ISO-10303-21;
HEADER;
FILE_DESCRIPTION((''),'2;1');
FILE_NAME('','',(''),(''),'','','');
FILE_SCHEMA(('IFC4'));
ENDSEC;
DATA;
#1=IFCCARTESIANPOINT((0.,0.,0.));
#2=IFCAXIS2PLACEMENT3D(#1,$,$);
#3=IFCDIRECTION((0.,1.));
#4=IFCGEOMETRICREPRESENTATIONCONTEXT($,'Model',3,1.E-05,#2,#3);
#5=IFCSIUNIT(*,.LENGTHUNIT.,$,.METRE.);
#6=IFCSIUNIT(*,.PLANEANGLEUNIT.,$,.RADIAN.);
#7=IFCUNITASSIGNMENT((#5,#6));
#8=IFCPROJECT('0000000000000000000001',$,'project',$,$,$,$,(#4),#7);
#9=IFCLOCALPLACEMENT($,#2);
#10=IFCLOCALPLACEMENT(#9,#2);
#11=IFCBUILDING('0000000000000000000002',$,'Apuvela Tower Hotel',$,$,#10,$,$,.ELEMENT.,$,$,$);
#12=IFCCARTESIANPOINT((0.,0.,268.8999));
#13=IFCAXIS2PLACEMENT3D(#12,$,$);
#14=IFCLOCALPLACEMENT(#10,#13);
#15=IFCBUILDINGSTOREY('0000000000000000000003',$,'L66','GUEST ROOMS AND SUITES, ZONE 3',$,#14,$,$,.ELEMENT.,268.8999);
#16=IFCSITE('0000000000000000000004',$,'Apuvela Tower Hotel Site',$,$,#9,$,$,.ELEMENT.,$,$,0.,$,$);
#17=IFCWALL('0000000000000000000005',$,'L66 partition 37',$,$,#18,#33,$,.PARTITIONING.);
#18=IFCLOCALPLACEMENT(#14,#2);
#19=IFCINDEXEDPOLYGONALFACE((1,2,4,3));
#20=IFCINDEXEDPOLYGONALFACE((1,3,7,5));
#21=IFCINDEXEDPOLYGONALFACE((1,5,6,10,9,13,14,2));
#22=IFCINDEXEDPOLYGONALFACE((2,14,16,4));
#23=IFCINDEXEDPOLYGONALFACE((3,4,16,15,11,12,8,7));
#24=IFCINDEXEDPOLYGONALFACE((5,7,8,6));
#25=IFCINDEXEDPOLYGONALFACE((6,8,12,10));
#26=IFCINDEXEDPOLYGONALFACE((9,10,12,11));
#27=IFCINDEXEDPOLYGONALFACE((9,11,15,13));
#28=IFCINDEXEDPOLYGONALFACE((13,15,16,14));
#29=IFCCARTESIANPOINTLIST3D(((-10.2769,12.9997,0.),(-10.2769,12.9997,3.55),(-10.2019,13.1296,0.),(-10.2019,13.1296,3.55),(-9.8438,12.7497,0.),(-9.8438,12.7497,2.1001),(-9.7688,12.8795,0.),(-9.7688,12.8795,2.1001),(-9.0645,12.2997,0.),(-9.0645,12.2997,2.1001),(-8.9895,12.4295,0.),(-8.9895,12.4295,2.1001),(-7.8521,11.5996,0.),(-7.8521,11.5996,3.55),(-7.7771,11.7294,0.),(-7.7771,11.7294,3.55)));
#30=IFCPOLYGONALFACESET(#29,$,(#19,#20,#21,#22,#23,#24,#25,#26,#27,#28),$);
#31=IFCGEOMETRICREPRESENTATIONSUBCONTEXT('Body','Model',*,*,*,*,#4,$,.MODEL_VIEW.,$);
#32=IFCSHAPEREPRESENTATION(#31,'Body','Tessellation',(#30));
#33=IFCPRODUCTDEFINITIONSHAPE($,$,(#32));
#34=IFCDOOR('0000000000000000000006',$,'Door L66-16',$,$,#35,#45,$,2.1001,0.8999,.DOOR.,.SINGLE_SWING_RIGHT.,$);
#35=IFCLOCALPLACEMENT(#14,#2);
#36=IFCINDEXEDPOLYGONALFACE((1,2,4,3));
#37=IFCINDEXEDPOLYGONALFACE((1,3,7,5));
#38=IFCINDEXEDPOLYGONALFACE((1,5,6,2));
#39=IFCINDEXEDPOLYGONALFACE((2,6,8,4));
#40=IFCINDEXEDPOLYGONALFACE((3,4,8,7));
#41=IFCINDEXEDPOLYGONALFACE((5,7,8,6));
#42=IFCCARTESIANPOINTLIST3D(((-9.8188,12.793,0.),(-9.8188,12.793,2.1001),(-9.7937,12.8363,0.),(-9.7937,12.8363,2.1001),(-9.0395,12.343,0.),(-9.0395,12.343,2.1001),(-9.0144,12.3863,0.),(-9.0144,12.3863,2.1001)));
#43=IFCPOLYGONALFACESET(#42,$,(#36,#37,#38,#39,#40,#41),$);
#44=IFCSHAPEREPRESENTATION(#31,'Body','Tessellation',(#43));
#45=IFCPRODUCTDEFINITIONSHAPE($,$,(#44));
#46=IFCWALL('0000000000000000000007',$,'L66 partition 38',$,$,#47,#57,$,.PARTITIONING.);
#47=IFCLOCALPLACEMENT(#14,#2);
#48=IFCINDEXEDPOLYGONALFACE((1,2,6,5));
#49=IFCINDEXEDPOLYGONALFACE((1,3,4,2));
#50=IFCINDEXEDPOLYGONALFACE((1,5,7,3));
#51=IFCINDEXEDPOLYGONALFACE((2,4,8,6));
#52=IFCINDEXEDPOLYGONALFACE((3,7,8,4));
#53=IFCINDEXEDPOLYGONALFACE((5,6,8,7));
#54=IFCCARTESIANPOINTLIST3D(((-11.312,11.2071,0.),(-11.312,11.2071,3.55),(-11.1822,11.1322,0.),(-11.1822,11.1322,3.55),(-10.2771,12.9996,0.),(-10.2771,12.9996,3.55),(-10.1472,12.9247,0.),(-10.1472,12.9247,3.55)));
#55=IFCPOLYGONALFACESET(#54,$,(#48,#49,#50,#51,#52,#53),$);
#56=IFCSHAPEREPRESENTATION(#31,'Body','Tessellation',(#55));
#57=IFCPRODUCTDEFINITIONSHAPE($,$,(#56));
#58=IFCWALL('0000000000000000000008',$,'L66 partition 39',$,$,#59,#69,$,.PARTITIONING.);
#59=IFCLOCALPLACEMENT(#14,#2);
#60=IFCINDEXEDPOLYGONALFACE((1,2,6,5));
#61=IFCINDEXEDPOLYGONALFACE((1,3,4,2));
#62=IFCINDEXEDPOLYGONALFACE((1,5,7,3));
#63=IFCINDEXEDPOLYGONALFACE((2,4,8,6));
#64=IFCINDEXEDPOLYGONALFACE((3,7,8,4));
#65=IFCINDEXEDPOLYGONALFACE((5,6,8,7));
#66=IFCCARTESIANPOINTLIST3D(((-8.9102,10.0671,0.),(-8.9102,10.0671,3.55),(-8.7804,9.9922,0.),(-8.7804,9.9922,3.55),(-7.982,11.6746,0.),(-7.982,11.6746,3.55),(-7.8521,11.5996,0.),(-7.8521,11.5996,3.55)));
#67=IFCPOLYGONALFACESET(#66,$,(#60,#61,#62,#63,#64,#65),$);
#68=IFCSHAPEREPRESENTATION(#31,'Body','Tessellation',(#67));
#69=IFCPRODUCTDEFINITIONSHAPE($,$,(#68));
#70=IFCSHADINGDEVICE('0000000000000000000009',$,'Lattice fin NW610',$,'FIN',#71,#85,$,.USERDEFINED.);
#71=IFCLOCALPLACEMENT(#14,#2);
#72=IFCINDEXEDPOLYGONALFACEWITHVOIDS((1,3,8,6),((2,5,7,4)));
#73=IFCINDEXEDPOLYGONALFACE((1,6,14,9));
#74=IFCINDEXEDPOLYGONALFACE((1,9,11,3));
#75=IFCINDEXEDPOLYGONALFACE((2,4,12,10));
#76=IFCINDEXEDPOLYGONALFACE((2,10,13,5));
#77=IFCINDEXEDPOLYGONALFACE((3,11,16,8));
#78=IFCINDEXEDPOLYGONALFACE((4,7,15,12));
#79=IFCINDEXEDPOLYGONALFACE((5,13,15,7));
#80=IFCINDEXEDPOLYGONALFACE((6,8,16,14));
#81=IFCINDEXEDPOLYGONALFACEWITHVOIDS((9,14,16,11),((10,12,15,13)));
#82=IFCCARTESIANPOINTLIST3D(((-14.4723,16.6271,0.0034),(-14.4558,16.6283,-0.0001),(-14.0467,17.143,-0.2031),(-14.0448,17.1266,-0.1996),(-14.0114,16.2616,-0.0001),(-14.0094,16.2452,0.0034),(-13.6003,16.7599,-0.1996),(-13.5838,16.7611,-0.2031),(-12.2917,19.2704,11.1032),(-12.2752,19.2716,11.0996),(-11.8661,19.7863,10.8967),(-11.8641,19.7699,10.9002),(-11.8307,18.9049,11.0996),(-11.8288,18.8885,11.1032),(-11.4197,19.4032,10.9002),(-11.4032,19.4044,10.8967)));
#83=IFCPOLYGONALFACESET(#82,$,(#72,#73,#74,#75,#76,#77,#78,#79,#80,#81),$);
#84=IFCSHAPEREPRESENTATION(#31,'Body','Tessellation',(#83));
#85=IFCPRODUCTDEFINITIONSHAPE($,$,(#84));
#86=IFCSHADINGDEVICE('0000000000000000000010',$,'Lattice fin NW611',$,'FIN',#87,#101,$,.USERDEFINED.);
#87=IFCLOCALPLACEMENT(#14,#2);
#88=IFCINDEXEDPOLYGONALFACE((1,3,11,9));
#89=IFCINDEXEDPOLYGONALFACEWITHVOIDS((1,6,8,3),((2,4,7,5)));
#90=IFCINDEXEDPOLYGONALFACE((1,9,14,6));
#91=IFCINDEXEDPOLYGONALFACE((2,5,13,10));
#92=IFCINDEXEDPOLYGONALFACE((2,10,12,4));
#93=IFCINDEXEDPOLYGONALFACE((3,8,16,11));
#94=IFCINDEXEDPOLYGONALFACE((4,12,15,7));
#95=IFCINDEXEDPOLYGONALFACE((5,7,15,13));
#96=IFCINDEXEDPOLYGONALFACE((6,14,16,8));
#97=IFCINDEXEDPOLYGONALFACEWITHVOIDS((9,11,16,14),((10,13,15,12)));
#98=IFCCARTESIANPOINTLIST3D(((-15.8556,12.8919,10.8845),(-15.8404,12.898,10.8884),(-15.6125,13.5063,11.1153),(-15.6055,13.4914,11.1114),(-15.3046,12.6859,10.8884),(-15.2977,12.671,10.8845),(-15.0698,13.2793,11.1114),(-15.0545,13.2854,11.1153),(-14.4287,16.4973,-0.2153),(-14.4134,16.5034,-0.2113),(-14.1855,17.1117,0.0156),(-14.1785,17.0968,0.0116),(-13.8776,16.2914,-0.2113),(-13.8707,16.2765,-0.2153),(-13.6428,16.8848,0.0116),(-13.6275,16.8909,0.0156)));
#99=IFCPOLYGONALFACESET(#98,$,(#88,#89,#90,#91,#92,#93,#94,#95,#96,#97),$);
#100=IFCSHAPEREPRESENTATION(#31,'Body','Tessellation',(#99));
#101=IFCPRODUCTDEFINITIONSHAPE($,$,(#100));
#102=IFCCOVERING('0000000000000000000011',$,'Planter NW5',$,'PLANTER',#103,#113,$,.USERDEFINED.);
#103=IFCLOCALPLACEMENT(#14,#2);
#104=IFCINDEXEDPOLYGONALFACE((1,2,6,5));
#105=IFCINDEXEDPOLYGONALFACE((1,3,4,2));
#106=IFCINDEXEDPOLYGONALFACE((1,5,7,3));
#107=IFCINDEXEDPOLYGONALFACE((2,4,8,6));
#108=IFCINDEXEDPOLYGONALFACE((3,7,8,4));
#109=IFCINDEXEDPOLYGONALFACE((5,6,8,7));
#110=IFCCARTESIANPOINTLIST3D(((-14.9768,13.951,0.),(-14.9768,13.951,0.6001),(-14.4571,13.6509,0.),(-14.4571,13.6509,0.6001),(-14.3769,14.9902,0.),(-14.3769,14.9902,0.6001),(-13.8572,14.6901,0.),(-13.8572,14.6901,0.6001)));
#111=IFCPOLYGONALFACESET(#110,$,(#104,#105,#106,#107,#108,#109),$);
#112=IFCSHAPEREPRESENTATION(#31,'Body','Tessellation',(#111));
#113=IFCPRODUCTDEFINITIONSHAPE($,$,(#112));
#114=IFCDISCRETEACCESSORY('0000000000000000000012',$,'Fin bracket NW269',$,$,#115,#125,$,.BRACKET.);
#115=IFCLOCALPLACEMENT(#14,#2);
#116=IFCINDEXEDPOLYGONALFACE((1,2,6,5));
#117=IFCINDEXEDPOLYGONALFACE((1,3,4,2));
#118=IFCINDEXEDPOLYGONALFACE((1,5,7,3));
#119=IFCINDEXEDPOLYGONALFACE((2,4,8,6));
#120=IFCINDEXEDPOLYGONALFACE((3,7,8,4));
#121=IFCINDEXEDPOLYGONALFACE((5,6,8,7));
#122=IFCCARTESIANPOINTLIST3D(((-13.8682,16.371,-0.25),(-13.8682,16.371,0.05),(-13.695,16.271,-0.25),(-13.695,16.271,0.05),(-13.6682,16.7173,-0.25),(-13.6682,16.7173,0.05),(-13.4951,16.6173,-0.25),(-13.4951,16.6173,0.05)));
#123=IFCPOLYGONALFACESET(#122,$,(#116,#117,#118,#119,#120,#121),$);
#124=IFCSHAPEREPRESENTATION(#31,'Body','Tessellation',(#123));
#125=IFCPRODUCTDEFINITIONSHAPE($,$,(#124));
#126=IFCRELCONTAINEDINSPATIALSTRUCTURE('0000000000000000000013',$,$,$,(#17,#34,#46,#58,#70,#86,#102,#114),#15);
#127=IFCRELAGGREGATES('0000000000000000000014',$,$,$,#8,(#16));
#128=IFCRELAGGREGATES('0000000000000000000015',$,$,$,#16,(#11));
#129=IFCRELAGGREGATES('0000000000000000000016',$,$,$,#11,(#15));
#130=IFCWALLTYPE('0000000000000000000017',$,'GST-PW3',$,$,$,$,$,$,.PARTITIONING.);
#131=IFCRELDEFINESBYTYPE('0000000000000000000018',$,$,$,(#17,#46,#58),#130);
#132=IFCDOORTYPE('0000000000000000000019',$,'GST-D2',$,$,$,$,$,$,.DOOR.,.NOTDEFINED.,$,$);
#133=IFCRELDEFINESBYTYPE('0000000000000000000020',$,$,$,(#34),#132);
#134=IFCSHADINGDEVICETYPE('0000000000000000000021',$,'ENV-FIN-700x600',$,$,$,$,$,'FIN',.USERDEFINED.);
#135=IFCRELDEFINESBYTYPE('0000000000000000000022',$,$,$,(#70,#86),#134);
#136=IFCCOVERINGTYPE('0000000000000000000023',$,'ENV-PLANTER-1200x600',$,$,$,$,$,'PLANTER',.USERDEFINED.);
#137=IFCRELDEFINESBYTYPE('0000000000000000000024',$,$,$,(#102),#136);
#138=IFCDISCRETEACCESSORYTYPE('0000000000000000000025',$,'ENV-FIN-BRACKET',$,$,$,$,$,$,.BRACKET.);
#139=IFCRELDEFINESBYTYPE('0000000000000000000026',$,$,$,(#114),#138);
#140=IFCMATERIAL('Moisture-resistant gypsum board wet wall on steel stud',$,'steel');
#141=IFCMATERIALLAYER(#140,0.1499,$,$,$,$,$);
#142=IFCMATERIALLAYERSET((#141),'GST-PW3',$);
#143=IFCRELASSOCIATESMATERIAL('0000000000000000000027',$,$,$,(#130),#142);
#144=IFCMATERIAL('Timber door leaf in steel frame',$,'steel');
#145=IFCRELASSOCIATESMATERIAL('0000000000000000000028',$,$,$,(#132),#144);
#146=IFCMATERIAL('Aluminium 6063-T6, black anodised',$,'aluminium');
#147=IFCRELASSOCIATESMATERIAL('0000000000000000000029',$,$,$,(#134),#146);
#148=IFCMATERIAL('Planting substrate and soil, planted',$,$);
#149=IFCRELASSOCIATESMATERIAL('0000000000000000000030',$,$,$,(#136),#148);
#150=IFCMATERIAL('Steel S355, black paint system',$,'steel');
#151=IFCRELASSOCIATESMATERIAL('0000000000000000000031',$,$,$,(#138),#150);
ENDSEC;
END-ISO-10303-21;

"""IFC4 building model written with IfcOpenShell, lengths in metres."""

from ifc_helpers import new_model, si_unit, direction, frame, frame_2d, origin, origin_2d, place, context, subcontext, project, spatial, rectangle, hollow_rectangle, extrude, material, layer, layer_set, material_profile, profile_set, type_object, element, fill, save


model = new_model("IFC4")

# Units and contexts
model_context = context("Model", 3, precision=1e-05, world=origin(), true_north=direction((0.0, 1.0)))
body_context = subcontext(model_context, "Body", "Model", "MODEL_VIEW")
ifc_project = project(units=[si_unit("LENGTHUNIT", "METRE"), si_unit("PLANEANGLEUNIT", "RADIAN")], contexts=[model_context])

# Site, building, storey
site_placement = place(None, origin())
site = spatial("IfcSite", under=ifc_project, at=site_placement, Name="Apuvela Tower Hotel Site", CompositionType="ELEMENT", RefElevation=0.0)
building_placement = place(site_placement, origin())
building = spatial("IfcBuilding", under=site, at=building_placement, Name="Apuvela Tower Hotel", CompositionType="ELEMENT")
storey_placement = place(building_placement, frame((0.0, 0.0, 268.8999)))
storey = spatial("IfcBuildingStorey", under=building, at=storey_placement, Name="L66", Description="GUEST ROOMS AND SUITES, ZONE 3", CompositionType="ELEMENT", Elevation=268.8999)

# Wall, opening, door
ifc_material_1 = material(Name="Moisture-resistant gypsum board wet wall on steel stud", Category="steel")
ifc_layer_1 = layer(ifc_material_1, 0.1499)
ifc_layer_set_1 = layer_set([ifc_layer_1], Name="GST-PW3")
wall_type_1 = type_object("IfcWallType", Name="GST-PW3", PredefinedType="PARTITIONING", material=ifc_layer_set_1)
wall_1_placement = place(storey_placement, frame((-7.8147, 11.6646, 0.0), z_axis=(0.0, 0.0, 1.0), x_axis=(-0.865997, 0.50005, 0.0)))
wall_1 = element("IfcWall", 1, at=wall_1_placement, inside=storey, type_object=wall_type_1, Name="L66 partition 37", PredefinedType="PARTITIONING", context=body_context, shape_type="SweptSolid", body=[
    extrude(rectangle(XDim=2.8, YDim=0.1499, at=frame_2d((1.3999, 0.0))), origin(), (0.0, 0.0, 1.0), 3.55),
])
opening_1_placement = place(wall_1_placement, frame((1.3999, 0.0, 0.0)))
opening_1 = element("IfcOpeningElement", 2, at=opening_1_placement, cuts=wall_1, PredefinedType="OPENING", context=body_context, shape_type="SweptSolid", body=[
    extrude(rectangle(XDim=0.8999, YDim=2.1001, at=frame_2d((0.45, 1.05))), frame((0.0, 0.085, 0.0), z_axis=(0.0, -1.0, 0.0), x_axis=(1.0, 0.0, 0.0)), (0.0, 0.0, 1.0), 0.1699),
])
ifc_material_2 = material(Name="Timber door leaf in steel frame", Category="steel")
door_type_1 = type_object("IfcDoorType", Name="GST-D2", OperationType="NOTDEFINED", PredefinedType="DOOR", material=ifc_material_2)
door_1_placement = place(opening_1_placement, origin())
door_1 = element("IfcDoor", 3, at=door_1_placement, inside=storey, type_object=door_type_1, Name="Door L66-16", OperationType="SINGLE_SWING_RIGHT", OverallHeight=2.1001, OverallWidth=0.8999, PredefinedType="DOOR", context=body_context, shape_type="SweptSolid", body=[
    extrude(rectangle(XDim=0.8999, YDim=2.1001, at=frame_2d((0.45, 1.05))), frame((0.0, 0.0249, 0.0), z_axis=(0.0, -1.0, 0.0), x_axis=(1.0, 0.0, 0.0)), (0.0, 0.0, 1.0), 0.05),
])
fill(opening_1, door_1)

# Walls
wall_2_placement = place(storey_placement, frame((-10.2122, 12.9622, 0.0), z_axis=(0.0, 0.0, 1.0), x_axis=(-0.500008, -0.866021, 0.0)))
element("IfcWall", 4, at=wall_2_placement, inside=storey, type_object=wall_type_1, Name="L66 partition 38", PredefinedType="PARTITIONING", context=body_context, shape_type="SweptSolid", body=[
    extrude(rectangle(XDim=2.0698, YDim=0.1499, at=frame_2d((1.0349, 0.0))), origin(), (0.0, 0.0, 1.0), 3.55),
])
wall_3_placement = place(storey_placement, frame((-7.917, 11.6372, 0.0), z_axis=(0.0, 0.0, 1.0), x_axis=(-0.500072, -0.865984, 0.0)))
element("IfcWall", 5, at=wall_3_placement, inside=storey, type_object=wall_type_1, Name="L66 partition 39", PredefinedType="PARTITIONING", context=body_context, shape_type="SweptSolid", body=[
    extrude(rectangle(XDim=1.8562, YDim=0.1499, at=frame_2d((0.9282, 0.0))), origin(), (0.0, 0.0, 1.0), 3.55),
])

# Shading devices
ifc_material_3 = material(Name="Aluminium 6063-T6, black anodised", Category="aluminium")
ifc_material_profile_1 = material_profile(ifc_material_3, hollow_rectangle(XDim=0.6001, YDim=0.7, WallThickness=0.012, at=origin_2d()), Name="AL BOX 700x600x12")
ifc_profile_set_1 = profile_set([ifc_material_profile_1], Name="Aluminium 6063-T6, black anodised")
shading_device_type = type_object("IfcShadingDeviceType", Name="ENV-FIN-700x600", ElementType="FIN", PredefinedType="USERDEFINED", material=ifc_profile_set_1)
shading_device_1_placement = place(storey_placement, frame((-14.0281, 16.6941, -0.0999), z_axis=(0.187717, 0.227543, 0.955503), x_axis=(-0.771383, 0.636371, 0.0)))
element("IfcShadingDevice", 6, at=shading_device_1_placement, inside=storey, type_object=shading_device_type, Name="Lattice fin NW610", ObjectType="FIN", PredefinedType="USERDEFINED", context=body_context, shape_type="SweptSolid", body=[
    extrude(hollow_rectangle(XDim=0.6001, YDim=0.7, WallThickness=0.012, at=origin_2d()), origin(), (0.0, 0.0, 1.0), 11.6167),
])
shading_device_2_placement = place(storey_placement, frame((-14.0281, 16.6941, -0.0999), z_axis=(-0.121368, -0.306649, 0.944053), x_axis=(0.929821, -0.368012, 0.0)))
element("IfcShadingDevice", 7, at=shading_device_2_placement, inside=storey, type_object=shading_device_type, Name="Lattice fin NW611", ObjectType="FIN", PredefinedType="USERDEFINED", context=body_context, shape_type="SweptSolid", body=[
    extrude(hollow_rectangle(XDim=0.6001, YDim=0.7, WallThickness=0.012, at=origin_2d()), origin(), (0.0, 0.0, 1.0), 11.7576),
])

# Covering
ifc_material_4 = material(Name="Planting substrate and soil, planted")
covering_type = type_object("IfcCoveringType", Name="ENV-PLANTER-1200x600", ElementType="PLANTER", PredefinedType="USERDEFINED", material=ifc_material_4)
covering_placement = place(storey_placement, frame((-14.417, 14.3206, 0.0), z_axis=(0.0, 0.0, 1.0), x_axis=(-0.5, -0.866025, 0.0)))
element("IfcCovering", 8, at=covering_placement, inside=storey, type_object=covering_type, Name="Planter NW5", ObjectType="PLANTER", PredefinedType="USERDEFINED", context=body_context, shape_type="SweptSolid", body=[
    extrude(rectangle(XDim=1.2, YDim=0.6001, at=origin_2d()), origin(), (0.0, 0.0, 1.0), 0.6001),
])

# Discrete accessory
ifc_material_5 = material(Name="Steel S355, black paint system", Category="steel")
discrete_accessory_type = type_object("IfcDiscreteAccessoryType", Name="ENV-FIN-BRACKET", PredefinedType="BRACKET", material=ifc_material_5)
discrete_accessory_placement = place(storey_placement, frame((-13.6816, 16.4941, -0.25), z_axis=(0.0, 0.0, 1.0), x_axis=(-0.5, -0.866025, 0.0)))
element("IfcDiscreteAccessory", 9, at=discrete_accessory_placement, inside=storey, type_object=discrete_accessory_type, Name="Fin bracket NW269", PredefinedType="BRACKET", context=body_context, shape_type="SweptSolid", body=[
    extrude(rectangle(XDim=0.3999, YDim=0.2, at=origin_2d()), origin(), (0.0, 0.0, 1.0), 0.3),
])

save(model, "model.ifc")
